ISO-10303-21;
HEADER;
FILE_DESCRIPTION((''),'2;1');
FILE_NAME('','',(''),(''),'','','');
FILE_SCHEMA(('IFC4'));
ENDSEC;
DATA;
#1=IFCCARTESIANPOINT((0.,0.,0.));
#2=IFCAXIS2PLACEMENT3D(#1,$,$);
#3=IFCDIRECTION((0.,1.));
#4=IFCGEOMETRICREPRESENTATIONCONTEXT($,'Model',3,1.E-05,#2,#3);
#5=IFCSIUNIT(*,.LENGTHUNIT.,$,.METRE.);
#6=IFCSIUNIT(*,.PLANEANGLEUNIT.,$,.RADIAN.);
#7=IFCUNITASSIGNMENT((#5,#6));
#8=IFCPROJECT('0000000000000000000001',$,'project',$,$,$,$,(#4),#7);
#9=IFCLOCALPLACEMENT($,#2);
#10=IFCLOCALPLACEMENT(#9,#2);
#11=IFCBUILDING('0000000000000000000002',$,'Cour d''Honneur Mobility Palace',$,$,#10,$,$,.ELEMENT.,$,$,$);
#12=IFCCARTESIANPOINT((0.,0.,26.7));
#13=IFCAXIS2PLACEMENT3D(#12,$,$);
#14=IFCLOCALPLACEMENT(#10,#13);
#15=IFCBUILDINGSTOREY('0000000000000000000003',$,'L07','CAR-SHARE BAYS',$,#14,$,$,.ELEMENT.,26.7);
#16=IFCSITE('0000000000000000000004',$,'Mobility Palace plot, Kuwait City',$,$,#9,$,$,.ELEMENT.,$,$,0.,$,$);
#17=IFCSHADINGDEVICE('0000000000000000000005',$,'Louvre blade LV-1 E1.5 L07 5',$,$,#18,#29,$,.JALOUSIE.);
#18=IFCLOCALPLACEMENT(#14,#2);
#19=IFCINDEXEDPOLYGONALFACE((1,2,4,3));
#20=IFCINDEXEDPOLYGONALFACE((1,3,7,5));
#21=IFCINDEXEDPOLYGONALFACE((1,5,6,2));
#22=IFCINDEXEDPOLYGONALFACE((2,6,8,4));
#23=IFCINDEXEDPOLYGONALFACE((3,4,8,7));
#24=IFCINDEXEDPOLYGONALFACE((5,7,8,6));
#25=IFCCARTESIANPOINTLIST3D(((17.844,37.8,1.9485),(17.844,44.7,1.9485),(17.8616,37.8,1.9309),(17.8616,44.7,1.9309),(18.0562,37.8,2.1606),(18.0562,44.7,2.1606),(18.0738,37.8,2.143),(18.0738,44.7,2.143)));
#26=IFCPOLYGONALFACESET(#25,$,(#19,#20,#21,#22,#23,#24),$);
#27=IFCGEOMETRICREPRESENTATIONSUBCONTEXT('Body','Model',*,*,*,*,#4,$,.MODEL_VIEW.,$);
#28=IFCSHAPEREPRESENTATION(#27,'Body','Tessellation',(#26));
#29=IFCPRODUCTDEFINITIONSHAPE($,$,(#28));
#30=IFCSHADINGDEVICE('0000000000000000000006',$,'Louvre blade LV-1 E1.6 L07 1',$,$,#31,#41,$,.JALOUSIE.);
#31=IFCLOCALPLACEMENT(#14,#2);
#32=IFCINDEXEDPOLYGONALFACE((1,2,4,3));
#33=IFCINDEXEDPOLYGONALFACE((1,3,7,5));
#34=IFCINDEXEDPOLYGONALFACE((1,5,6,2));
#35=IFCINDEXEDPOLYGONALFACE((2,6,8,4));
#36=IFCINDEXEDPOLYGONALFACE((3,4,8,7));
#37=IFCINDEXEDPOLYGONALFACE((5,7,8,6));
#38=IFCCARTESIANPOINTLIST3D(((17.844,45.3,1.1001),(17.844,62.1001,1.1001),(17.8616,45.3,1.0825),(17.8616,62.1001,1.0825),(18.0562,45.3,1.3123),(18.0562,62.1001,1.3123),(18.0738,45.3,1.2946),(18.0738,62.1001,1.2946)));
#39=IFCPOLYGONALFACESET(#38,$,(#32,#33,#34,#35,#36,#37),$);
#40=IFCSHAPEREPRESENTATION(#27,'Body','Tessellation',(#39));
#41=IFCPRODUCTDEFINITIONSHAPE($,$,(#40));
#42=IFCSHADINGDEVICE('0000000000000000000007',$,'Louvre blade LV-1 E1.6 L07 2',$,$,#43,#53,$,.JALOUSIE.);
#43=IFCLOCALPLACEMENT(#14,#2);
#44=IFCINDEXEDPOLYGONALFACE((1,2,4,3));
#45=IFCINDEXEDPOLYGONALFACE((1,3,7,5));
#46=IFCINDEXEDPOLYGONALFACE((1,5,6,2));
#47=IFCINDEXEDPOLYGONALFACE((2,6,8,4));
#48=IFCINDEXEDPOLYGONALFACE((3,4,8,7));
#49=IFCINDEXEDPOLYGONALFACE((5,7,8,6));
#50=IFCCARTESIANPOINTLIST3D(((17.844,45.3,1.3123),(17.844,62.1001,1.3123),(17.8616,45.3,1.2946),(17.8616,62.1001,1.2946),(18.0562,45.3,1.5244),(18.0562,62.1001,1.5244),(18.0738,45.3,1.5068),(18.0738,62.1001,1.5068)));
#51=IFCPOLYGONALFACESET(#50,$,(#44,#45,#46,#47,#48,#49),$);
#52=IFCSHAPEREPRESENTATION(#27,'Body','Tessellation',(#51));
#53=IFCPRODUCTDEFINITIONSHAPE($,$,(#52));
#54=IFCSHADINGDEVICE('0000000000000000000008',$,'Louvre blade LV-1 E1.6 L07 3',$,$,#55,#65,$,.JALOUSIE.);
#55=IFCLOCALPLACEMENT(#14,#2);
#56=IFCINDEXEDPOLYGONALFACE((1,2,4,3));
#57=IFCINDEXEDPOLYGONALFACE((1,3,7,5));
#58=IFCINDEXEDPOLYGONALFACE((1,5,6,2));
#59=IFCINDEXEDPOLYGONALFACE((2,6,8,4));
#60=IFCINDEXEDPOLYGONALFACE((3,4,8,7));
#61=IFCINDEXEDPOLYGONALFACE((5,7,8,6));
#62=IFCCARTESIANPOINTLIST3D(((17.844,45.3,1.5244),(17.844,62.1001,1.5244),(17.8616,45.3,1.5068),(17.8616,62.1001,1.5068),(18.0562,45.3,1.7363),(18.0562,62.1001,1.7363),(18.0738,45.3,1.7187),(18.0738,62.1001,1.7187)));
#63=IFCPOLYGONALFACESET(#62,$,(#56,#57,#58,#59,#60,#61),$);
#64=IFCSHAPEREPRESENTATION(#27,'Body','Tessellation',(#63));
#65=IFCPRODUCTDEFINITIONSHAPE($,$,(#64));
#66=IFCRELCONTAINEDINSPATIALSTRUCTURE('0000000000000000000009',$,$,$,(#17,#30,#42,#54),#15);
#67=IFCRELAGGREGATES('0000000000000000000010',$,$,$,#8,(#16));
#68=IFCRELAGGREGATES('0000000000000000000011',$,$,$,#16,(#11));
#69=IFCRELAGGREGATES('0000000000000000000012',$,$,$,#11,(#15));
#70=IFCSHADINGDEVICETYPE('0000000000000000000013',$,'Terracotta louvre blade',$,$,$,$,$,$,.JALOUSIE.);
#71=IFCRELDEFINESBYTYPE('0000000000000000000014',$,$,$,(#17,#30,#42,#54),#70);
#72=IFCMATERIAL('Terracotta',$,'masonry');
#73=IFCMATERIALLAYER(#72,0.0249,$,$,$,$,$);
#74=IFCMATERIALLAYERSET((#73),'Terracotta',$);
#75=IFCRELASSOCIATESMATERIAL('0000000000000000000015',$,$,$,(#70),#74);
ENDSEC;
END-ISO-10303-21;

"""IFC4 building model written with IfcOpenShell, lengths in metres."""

from ifc_helpers import new_model, si_unit, direction, frame, origin, place, context, subcontext, project, spatial, polyline, outline, extrude, material, layer, layer_set, type_object, element, save


model = new_model("IFC4")

# Units and contexts
model_context = context("Model", 3, precision=1e-05, world=origin(), true_north=direction((0.0, 1.0)))
body_context = subcontext(model_context, "Body", "Model", "MODEL_VIEW")
ifc_project = project(units=[si_unit("LENGTHUNIT", "METRE"), si_unit("PLANEANGLEUNIT", "RADIAN")], contexts=[model_context])

# Site, building, storey
site_placement = place(None, origin())
site = spatial("IfcSite", under=ifc_project, at=site_placement, Name="Mobility Palace plot, Kuwait City", CompositionType="ELEMENT", RefElevation=0.0)
building_placement = place(site_placement, origin())
building = spatial("IfcBuilding", under=site, at=building_placement, Name="Cour d'Honneur Mobility Palace", CompositionType="ELEMENT")
storey_placement = place(building_placement, frame((0.0, 0.0, 26.7)))
storey = spatial("IfcBuildingStorey", under=building, at=storey_placement, Name="L07", Description="CAR-SHARE BAYS", CompositionType="ELEMENT", Elevation=26.7)

# Shading devices
ifc_material_1 = material(Name="Terracotta", Category="masonry")
ifc_layer_1 = layer(ifc_material_1, 0.0249)
ifc_layer_set_1 = layer_set([ifc_layer_1], Name="Terracotta")
shading_device_type = type_object("IfcShadingDeviceType", Name="Terracotta louvre blade", PredefinedType="JALOUSIE", material=ifc_layer_set_1)
shading_device_1_placement = place(storey_placement, frame((17.844, 37.8, 1.9485), z_axis=(-0.707107, 0.0, 0.707107), x_axis=(0.0, 1.0, 0.0)))
element("IfcShadingDevice", 1, at=shading_device_1_placement, inside=storey, type_object=shading_device_type, Name="Louvre blade LV-1 E1.5 L07 5", PredefinedType="JALOUSIE", context=body_context, shape_type="SweptSolid", body=[
    extrude(outline(polyline([(0.0, 0.0), (6.8999, 0.0), (6.8999, -0.3), (0.0, -0.3), (0.0, 0.0)])), origin(), (0.0, 0.0, -1.0), 0.0249),
])
for number, where, z_axis, x_axis, name in (
    (2, (17.844, 45.3, 1.1001), (-0.707107, 0.0, 0.707107), (0.0, 1.0, 0.0), "Louvre blade LV-1 E1.6 L07 1"),
    (3, (17.844, 45.3, 1.3123), (-0.707107, 0.0, 0.707107), (0.0, 1.0, 0.0), "Louvre blade LV-1 E1.6 L07 2"),
):
    element("IfcShadingDevice", number, at=place(storey_placement, frame(where, z_axis=z_axis, x_axis=x_axis)), inside=storey, type_object=shading_device_type, Name=name, PredefinedType="JALOUSIE", context=body_context, shape_type="SweptSolid", body=[
        extrude(outline(polyline([(0.0, 0.0), (16.8, 0.0), (16.8, -0.3), (0.0, -0.3), (0.0, 0.0)])), origin(), (0.0, 0.0, -1.0), 0.0249),
    ])
shading_device_2_placement = place(storey_placement, frame((17.844, 45.3, 1.5244), z_axis=(-0.7067, 0.0, 0.707514), x_axis=(0.0, 1.0, 0.0)))
element("IfcShadingDevice", 4, at=shading_device_2_placement, inside=storey, type_object=shading_device_type, Name="Louvre blade LV-1 E1.6 L07 3", PredefinedType="JALOUSIE", context=body_context, shape_type="SweptSolid", body=[
    extrude(outline(polyline([(0.0, 0.0), (16.8, 0.0), (16.8, -0.2999), (0.0, -0.2999), (0.0, 0.0)])), origin(), (0.0, 0.0, -1.0), 0.0249),
])

save(model, "model.ifc")
